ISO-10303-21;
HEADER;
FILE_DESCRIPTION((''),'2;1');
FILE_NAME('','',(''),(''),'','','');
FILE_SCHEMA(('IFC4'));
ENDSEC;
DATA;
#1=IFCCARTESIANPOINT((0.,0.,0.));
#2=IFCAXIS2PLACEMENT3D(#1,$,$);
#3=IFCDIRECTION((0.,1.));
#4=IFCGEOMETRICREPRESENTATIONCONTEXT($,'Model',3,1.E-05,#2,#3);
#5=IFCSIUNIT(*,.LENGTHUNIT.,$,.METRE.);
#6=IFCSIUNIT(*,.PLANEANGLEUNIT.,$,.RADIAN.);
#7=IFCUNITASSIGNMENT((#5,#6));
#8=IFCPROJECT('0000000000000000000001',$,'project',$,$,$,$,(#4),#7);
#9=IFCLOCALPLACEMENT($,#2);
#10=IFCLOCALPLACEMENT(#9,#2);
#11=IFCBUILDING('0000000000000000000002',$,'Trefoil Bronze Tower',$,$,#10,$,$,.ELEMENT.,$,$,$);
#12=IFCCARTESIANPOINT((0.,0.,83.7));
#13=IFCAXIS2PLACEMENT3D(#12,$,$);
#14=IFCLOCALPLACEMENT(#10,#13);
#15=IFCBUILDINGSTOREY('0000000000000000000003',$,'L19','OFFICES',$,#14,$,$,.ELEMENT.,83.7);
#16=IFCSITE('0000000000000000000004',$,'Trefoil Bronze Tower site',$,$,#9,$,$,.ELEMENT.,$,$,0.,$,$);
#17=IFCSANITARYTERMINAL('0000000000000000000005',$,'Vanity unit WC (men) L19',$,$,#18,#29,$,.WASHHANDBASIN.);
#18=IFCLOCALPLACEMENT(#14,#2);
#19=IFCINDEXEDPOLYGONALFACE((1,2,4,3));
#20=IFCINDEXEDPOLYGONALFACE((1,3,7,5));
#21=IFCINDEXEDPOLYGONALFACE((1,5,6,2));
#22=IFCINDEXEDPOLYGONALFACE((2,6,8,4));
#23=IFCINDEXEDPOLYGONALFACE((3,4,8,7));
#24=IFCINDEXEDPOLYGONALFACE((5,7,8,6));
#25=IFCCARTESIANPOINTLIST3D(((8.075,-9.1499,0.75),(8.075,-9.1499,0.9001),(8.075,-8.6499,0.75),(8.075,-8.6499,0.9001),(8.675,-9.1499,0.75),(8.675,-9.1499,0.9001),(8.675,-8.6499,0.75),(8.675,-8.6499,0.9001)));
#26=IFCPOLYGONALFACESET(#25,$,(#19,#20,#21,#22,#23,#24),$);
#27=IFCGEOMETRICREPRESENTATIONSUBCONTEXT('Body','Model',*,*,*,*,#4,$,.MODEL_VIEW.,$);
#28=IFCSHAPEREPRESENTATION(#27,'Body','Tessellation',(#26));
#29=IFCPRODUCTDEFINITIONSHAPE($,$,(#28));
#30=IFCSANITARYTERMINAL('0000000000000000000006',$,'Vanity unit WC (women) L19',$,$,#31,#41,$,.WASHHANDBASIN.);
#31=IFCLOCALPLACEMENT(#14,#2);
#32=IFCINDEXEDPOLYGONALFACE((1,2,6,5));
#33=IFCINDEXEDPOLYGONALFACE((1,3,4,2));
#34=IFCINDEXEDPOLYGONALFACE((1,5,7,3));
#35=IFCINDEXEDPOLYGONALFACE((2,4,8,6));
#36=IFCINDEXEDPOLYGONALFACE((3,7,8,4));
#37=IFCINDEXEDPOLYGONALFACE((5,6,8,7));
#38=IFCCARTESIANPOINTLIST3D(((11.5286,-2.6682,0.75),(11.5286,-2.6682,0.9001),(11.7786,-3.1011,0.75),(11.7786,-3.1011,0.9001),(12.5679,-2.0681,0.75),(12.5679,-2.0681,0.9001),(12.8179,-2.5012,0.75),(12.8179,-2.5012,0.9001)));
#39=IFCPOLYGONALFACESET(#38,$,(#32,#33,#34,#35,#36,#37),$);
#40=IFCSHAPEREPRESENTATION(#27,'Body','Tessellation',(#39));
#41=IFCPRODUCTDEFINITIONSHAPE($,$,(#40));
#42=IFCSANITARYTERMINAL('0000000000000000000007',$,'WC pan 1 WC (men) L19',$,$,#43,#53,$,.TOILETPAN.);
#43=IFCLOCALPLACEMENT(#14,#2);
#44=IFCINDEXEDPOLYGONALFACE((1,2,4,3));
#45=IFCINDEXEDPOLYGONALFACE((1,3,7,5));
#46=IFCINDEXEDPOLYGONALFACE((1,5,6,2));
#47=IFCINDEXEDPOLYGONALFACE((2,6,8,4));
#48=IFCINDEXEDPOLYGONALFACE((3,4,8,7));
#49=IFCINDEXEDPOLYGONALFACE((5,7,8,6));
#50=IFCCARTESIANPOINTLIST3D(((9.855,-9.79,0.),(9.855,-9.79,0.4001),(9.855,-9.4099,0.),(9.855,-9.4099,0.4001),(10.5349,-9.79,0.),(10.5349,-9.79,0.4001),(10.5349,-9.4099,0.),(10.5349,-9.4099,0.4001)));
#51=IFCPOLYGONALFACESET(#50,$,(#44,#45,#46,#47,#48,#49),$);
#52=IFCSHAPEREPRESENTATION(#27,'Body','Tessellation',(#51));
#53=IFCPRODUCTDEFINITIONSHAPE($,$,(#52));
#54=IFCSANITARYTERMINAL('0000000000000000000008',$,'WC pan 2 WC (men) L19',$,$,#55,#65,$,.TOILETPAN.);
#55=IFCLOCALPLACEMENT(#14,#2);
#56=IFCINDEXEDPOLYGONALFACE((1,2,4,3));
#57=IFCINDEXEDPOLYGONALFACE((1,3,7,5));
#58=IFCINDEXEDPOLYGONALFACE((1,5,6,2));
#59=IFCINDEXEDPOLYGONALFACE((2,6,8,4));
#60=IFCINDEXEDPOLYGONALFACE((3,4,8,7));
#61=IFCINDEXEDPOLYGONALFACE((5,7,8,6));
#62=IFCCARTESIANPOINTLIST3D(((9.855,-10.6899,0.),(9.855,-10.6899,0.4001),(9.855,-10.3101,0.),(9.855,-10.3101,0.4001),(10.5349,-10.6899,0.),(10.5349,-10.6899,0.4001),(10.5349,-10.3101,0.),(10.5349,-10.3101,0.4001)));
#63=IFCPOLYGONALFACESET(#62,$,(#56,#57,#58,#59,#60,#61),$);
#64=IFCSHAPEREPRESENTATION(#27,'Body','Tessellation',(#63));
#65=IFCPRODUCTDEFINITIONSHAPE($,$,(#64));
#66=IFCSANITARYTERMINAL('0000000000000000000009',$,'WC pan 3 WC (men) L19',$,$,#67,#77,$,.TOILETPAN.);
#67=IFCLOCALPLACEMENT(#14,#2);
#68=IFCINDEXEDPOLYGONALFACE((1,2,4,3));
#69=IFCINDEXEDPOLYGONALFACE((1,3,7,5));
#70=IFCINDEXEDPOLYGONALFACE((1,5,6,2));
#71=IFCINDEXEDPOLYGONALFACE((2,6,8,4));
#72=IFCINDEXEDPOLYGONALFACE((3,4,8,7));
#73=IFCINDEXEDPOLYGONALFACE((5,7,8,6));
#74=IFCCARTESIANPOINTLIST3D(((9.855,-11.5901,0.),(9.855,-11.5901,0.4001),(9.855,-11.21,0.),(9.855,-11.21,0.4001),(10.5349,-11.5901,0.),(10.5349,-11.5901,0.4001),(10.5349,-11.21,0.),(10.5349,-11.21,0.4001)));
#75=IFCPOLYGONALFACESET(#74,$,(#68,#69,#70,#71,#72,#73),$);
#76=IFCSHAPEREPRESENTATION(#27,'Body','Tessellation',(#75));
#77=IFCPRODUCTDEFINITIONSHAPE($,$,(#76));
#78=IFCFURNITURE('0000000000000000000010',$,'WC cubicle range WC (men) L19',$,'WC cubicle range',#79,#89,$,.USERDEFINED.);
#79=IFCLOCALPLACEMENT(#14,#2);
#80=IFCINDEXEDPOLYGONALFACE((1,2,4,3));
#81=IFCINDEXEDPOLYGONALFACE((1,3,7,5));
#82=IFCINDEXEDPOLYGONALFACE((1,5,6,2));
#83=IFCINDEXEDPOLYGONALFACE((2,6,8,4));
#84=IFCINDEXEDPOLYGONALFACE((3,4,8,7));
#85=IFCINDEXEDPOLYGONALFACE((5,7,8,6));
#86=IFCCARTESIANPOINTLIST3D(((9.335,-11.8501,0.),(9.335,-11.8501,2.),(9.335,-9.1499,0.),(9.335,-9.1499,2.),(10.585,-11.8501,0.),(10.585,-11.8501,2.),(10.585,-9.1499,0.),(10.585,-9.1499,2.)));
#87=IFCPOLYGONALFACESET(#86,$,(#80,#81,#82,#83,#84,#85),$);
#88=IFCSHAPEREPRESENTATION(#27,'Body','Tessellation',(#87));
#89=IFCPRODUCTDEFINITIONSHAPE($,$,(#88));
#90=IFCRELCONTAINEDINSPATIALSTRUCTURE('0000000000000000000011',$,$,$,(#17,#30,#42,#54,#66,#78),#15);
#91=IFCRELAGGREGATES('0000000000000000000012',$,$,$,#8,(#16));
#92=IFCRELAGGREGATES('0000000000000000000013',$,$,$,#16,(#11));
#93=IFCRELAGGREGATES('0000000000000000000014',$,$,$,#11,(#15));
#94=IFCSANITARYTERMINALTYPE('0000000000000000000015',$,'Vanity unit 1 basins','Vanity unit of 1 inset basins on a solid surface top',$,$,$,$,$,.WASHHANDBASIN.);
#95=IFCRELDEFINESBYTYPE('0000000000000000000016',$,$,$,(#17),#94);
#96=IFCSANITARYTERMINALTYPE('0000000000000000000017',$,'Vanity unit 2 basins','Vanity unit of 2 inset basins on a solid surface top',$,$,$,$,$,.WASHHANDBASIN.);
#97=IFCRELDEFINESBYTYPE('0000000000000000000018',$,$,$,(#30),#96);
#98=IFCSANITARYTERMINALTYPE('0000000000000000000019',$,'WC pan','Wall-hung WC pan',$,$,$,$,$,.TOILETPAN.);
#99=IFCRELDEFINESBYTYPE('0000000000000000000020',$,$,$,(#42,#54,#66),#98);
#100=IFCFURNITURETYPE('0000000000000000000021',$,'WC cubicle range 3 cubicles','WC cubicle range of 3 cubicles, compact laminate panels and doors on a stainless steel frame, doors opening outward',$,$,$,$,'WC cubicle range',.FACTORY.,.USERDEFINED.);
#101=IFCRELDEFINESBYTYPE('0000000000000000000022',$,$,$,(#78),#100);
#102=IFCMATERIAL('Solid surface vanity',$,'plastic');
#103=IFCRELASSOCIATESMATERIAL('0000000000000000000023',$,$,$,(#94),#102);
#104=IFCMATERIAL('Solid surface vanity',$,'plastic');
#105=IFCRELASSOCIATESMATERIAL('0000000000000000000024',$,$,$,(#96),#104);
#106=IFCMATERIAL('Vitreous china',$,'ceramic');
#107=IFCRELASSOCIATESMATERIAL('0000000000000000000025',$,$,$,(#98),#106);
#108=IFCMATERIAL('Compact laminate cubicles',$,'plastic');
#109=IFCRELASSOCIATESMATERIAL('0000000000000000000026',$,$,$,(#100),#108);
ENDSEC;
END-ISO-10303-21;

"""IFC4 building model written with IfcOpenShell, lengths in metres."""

from ifc_helpers import new_model, si_unit, direction, frame, origin, place, context, subcontext, project, spatial, polyline, outline, extrude, material, type_object, element, save


model = new_model("IFC4")

# Units and contexts
model_context = context("Model", 3, precision=1e-05, world=origin(), true_north=direction((0.0, 1.0)))
body_context = subcontext(model_context, "Body", "Model", "MODEL_VIEW")
ifc_project = project(units=[si_unit("LENGTHUNIT", "METRE"), si_unit("PLANEANGLEUNIT", "RADIAN")], contexts=[model_context])

# Site, building, storey
site_placement = place(None, origin())
site = spatial("IfcSite", under=ifc_project, at=site_placement, Name="Trefoil Bronze Tower site", CompositionType="ELEMENT", RefElevation=0.0)
building_placement = place(site_placement, origin())
building = spatial("IfcBuilding", under=site, at=building_placement, Name="Trefoil Bronze Tower", CompositionType="ELEMENT")
storey_placement = place(building_placement, frame((0.0, 0.0, 83.7)))
storey = spatial("IfcBuildingStorey", under=building, at=storey_placement, Name="L19", Description="OFFICES", CompositionType="ELEMENT", Elevation=83.7)

# Sanitary terminals
ifc_material_1 = material(Name="Solid surface vanity", Category="plastic")
sanitary_terminal_type_1 = type_object("IfcSanitaryTerminalType", Name="Vanity unit 1 basins", Description="Vanity unit of 1 inset basins on a solid surface top", PredefinedType="WASHHANDBASIN", material=ifc_material_1)
sanitary_terminal_1_placement = place(storey_placement, frame((0.0, 0.0, 0.75)))
element("IfcSanitaryTerminal", 1, at=sanitary_terminal_1_placement, inside=storey, type_object=sanitary_terminal_type_1, Name="Vanity unit WC (men) L19", PredefinedType="WASHHANDBASIN", context=body_context, shape_type="SweptSolid", body=[
    extrude(outline(polyline([(8.075, -8.6499), (8.675, -8.6499), (8.675, -9.1499), (8.075, -9.1499), (8.075, -8.6499)])), origin(), (0.0, 0.0, 1.0), 0.1501),
])
ifc_material_2 = material(Name="Solid surface vanity", Category="plastic")
sanitary_terminal_type_2 = type_object("IfcSanitaryTerminalType", Name="Vanity unit 2 basins", Description="Vanity unit of 2 inset basins on a solid surface top", PredefinedType="WASHHANDBASIN", material=ifc_material_2)
sanitary_terminal_2_placement = place(storey_placement, frame((0.0, 0.0, 0.75)))
element("IfcSanitaryTerminal", 2, at=sanitary_terminal_2_placement, inside=storey, type_object=sanitary_terminal_type_2, Name="Vanity unit WC (women) L19", PredefinedType="WASHHANDBASIN", context=body_context, shape_type="SweptSolid", body=[
    extrude(outline(polyline([(11.5286, -2.6682), (11.7786, -3.1011), (12.8179, -2.5012), (12.5679, -2.0681), (11.5286, -2.6682)])), origin(), (0.0, 0.0, 1.0), 0.1501),
])
ifc_material_3 = material(Name="Vitreous china", Category="ceramic")
sanitary_terminal_type_3 = type_object("IfcSanitaryTerminalType", Name="WC pan", Description="Wall-hung WC pan", PredefinedType="TOILETPAN", material=ifc_material_3)
sanitary_terminal_3_placement = place(storey_placement, origin())
element("IfcSanitaryTerminal", 3, at=sanitary_terminal_3_placement, inside=storey, type_object=sanitary_terminal_type_3, Name="WC pan 1 WC (men) L19", PredefinedType="TOILETPAN", context=body_context, shape_type="SweptSolid", body=[
    extrude(outline(polyline([(9.855, -9.4099), (10.5349, -9.4099), (10.5349, -9.79), (9.855, -9.79), (9.855, -9.4099)])), origin(), (0.0, 0.0, 1.0), 0.4001),
])
sanitary_terminal_4_placement = place(storey_placement, origin())
element("IfcSanitaryTerminal", 4, at=sanitary_terminal_4_placement, inside=storey, type_object=sanitary_terminal_type_3, Name="WC pan 2 WC (men) L19", PredefinedType="TOILETPAN", context=body_context, shape_type="SweptSolid", body=[
    extrude(outline(polyline([(9.855, -10.3101), (10.5349, -10.3101), (10.5349, -10.6899), (9.855, -10.6899), (9.855, -10.3101)])), origin(), (0.0, 0.0, 1.0), 0.4001),
])
sanitary_terminal_5_placement = place(storey_placement, origin())
element("IfcSanitaryTerminal", 5, at=sanitary_terminal_5_placement, inside=storey, type_object=sanitary_terminal_type_3, Name="WC pan 3 WC (men) L19", PredefinedType="TOILETPAN", context=body_context, shape_type="SweptSolid", body=[
    extrude(outline(polyline([(9.855, -11.21), (10.5349, -11.21), (10.5349, -11.5901), (9.855, -11.5901), (9.855, -11.21)])), origin(), (0.0, 0.0, 1.0), 0.4001),
])

# Furniture
ifc_material_4 = material(Name="Compact laminate cubicles", Category="plastic")
furniture_type = type_object("IfcFurnitureType", Name="WC cubicle range 3 cubicles", Description="WC cubicle range of 3 cubicles, compact laminate panels and doors on a stainless steel frame, doors opening outward", ElementType="WC cubicle range", AssemblyPlace="FACTORY", PredefinedType="USERDEFINED", material=ifc_material_4)
furniture_placement = place(storey_placement, origin())
element("IfcFurniture", 6, at=furniture_placement, inside=storey, type_object=furniture_type, Name="WC cubicle range WC (men) L19", ObjectType="WC cubicle range", PredefinedType="USERDEFINED", context=body_context, shape_type="SweptSolid", body=[
    extrude(outline(polyline([(9.335, -9.1499), (10.585, -9.1499), (10.585, -11.8501), (9.335, -11.8501), (9.335, -9.1499)])), origin(), (0.0, 0.0, 1.0), 2.0),
])

save(model, "model.ifc")
